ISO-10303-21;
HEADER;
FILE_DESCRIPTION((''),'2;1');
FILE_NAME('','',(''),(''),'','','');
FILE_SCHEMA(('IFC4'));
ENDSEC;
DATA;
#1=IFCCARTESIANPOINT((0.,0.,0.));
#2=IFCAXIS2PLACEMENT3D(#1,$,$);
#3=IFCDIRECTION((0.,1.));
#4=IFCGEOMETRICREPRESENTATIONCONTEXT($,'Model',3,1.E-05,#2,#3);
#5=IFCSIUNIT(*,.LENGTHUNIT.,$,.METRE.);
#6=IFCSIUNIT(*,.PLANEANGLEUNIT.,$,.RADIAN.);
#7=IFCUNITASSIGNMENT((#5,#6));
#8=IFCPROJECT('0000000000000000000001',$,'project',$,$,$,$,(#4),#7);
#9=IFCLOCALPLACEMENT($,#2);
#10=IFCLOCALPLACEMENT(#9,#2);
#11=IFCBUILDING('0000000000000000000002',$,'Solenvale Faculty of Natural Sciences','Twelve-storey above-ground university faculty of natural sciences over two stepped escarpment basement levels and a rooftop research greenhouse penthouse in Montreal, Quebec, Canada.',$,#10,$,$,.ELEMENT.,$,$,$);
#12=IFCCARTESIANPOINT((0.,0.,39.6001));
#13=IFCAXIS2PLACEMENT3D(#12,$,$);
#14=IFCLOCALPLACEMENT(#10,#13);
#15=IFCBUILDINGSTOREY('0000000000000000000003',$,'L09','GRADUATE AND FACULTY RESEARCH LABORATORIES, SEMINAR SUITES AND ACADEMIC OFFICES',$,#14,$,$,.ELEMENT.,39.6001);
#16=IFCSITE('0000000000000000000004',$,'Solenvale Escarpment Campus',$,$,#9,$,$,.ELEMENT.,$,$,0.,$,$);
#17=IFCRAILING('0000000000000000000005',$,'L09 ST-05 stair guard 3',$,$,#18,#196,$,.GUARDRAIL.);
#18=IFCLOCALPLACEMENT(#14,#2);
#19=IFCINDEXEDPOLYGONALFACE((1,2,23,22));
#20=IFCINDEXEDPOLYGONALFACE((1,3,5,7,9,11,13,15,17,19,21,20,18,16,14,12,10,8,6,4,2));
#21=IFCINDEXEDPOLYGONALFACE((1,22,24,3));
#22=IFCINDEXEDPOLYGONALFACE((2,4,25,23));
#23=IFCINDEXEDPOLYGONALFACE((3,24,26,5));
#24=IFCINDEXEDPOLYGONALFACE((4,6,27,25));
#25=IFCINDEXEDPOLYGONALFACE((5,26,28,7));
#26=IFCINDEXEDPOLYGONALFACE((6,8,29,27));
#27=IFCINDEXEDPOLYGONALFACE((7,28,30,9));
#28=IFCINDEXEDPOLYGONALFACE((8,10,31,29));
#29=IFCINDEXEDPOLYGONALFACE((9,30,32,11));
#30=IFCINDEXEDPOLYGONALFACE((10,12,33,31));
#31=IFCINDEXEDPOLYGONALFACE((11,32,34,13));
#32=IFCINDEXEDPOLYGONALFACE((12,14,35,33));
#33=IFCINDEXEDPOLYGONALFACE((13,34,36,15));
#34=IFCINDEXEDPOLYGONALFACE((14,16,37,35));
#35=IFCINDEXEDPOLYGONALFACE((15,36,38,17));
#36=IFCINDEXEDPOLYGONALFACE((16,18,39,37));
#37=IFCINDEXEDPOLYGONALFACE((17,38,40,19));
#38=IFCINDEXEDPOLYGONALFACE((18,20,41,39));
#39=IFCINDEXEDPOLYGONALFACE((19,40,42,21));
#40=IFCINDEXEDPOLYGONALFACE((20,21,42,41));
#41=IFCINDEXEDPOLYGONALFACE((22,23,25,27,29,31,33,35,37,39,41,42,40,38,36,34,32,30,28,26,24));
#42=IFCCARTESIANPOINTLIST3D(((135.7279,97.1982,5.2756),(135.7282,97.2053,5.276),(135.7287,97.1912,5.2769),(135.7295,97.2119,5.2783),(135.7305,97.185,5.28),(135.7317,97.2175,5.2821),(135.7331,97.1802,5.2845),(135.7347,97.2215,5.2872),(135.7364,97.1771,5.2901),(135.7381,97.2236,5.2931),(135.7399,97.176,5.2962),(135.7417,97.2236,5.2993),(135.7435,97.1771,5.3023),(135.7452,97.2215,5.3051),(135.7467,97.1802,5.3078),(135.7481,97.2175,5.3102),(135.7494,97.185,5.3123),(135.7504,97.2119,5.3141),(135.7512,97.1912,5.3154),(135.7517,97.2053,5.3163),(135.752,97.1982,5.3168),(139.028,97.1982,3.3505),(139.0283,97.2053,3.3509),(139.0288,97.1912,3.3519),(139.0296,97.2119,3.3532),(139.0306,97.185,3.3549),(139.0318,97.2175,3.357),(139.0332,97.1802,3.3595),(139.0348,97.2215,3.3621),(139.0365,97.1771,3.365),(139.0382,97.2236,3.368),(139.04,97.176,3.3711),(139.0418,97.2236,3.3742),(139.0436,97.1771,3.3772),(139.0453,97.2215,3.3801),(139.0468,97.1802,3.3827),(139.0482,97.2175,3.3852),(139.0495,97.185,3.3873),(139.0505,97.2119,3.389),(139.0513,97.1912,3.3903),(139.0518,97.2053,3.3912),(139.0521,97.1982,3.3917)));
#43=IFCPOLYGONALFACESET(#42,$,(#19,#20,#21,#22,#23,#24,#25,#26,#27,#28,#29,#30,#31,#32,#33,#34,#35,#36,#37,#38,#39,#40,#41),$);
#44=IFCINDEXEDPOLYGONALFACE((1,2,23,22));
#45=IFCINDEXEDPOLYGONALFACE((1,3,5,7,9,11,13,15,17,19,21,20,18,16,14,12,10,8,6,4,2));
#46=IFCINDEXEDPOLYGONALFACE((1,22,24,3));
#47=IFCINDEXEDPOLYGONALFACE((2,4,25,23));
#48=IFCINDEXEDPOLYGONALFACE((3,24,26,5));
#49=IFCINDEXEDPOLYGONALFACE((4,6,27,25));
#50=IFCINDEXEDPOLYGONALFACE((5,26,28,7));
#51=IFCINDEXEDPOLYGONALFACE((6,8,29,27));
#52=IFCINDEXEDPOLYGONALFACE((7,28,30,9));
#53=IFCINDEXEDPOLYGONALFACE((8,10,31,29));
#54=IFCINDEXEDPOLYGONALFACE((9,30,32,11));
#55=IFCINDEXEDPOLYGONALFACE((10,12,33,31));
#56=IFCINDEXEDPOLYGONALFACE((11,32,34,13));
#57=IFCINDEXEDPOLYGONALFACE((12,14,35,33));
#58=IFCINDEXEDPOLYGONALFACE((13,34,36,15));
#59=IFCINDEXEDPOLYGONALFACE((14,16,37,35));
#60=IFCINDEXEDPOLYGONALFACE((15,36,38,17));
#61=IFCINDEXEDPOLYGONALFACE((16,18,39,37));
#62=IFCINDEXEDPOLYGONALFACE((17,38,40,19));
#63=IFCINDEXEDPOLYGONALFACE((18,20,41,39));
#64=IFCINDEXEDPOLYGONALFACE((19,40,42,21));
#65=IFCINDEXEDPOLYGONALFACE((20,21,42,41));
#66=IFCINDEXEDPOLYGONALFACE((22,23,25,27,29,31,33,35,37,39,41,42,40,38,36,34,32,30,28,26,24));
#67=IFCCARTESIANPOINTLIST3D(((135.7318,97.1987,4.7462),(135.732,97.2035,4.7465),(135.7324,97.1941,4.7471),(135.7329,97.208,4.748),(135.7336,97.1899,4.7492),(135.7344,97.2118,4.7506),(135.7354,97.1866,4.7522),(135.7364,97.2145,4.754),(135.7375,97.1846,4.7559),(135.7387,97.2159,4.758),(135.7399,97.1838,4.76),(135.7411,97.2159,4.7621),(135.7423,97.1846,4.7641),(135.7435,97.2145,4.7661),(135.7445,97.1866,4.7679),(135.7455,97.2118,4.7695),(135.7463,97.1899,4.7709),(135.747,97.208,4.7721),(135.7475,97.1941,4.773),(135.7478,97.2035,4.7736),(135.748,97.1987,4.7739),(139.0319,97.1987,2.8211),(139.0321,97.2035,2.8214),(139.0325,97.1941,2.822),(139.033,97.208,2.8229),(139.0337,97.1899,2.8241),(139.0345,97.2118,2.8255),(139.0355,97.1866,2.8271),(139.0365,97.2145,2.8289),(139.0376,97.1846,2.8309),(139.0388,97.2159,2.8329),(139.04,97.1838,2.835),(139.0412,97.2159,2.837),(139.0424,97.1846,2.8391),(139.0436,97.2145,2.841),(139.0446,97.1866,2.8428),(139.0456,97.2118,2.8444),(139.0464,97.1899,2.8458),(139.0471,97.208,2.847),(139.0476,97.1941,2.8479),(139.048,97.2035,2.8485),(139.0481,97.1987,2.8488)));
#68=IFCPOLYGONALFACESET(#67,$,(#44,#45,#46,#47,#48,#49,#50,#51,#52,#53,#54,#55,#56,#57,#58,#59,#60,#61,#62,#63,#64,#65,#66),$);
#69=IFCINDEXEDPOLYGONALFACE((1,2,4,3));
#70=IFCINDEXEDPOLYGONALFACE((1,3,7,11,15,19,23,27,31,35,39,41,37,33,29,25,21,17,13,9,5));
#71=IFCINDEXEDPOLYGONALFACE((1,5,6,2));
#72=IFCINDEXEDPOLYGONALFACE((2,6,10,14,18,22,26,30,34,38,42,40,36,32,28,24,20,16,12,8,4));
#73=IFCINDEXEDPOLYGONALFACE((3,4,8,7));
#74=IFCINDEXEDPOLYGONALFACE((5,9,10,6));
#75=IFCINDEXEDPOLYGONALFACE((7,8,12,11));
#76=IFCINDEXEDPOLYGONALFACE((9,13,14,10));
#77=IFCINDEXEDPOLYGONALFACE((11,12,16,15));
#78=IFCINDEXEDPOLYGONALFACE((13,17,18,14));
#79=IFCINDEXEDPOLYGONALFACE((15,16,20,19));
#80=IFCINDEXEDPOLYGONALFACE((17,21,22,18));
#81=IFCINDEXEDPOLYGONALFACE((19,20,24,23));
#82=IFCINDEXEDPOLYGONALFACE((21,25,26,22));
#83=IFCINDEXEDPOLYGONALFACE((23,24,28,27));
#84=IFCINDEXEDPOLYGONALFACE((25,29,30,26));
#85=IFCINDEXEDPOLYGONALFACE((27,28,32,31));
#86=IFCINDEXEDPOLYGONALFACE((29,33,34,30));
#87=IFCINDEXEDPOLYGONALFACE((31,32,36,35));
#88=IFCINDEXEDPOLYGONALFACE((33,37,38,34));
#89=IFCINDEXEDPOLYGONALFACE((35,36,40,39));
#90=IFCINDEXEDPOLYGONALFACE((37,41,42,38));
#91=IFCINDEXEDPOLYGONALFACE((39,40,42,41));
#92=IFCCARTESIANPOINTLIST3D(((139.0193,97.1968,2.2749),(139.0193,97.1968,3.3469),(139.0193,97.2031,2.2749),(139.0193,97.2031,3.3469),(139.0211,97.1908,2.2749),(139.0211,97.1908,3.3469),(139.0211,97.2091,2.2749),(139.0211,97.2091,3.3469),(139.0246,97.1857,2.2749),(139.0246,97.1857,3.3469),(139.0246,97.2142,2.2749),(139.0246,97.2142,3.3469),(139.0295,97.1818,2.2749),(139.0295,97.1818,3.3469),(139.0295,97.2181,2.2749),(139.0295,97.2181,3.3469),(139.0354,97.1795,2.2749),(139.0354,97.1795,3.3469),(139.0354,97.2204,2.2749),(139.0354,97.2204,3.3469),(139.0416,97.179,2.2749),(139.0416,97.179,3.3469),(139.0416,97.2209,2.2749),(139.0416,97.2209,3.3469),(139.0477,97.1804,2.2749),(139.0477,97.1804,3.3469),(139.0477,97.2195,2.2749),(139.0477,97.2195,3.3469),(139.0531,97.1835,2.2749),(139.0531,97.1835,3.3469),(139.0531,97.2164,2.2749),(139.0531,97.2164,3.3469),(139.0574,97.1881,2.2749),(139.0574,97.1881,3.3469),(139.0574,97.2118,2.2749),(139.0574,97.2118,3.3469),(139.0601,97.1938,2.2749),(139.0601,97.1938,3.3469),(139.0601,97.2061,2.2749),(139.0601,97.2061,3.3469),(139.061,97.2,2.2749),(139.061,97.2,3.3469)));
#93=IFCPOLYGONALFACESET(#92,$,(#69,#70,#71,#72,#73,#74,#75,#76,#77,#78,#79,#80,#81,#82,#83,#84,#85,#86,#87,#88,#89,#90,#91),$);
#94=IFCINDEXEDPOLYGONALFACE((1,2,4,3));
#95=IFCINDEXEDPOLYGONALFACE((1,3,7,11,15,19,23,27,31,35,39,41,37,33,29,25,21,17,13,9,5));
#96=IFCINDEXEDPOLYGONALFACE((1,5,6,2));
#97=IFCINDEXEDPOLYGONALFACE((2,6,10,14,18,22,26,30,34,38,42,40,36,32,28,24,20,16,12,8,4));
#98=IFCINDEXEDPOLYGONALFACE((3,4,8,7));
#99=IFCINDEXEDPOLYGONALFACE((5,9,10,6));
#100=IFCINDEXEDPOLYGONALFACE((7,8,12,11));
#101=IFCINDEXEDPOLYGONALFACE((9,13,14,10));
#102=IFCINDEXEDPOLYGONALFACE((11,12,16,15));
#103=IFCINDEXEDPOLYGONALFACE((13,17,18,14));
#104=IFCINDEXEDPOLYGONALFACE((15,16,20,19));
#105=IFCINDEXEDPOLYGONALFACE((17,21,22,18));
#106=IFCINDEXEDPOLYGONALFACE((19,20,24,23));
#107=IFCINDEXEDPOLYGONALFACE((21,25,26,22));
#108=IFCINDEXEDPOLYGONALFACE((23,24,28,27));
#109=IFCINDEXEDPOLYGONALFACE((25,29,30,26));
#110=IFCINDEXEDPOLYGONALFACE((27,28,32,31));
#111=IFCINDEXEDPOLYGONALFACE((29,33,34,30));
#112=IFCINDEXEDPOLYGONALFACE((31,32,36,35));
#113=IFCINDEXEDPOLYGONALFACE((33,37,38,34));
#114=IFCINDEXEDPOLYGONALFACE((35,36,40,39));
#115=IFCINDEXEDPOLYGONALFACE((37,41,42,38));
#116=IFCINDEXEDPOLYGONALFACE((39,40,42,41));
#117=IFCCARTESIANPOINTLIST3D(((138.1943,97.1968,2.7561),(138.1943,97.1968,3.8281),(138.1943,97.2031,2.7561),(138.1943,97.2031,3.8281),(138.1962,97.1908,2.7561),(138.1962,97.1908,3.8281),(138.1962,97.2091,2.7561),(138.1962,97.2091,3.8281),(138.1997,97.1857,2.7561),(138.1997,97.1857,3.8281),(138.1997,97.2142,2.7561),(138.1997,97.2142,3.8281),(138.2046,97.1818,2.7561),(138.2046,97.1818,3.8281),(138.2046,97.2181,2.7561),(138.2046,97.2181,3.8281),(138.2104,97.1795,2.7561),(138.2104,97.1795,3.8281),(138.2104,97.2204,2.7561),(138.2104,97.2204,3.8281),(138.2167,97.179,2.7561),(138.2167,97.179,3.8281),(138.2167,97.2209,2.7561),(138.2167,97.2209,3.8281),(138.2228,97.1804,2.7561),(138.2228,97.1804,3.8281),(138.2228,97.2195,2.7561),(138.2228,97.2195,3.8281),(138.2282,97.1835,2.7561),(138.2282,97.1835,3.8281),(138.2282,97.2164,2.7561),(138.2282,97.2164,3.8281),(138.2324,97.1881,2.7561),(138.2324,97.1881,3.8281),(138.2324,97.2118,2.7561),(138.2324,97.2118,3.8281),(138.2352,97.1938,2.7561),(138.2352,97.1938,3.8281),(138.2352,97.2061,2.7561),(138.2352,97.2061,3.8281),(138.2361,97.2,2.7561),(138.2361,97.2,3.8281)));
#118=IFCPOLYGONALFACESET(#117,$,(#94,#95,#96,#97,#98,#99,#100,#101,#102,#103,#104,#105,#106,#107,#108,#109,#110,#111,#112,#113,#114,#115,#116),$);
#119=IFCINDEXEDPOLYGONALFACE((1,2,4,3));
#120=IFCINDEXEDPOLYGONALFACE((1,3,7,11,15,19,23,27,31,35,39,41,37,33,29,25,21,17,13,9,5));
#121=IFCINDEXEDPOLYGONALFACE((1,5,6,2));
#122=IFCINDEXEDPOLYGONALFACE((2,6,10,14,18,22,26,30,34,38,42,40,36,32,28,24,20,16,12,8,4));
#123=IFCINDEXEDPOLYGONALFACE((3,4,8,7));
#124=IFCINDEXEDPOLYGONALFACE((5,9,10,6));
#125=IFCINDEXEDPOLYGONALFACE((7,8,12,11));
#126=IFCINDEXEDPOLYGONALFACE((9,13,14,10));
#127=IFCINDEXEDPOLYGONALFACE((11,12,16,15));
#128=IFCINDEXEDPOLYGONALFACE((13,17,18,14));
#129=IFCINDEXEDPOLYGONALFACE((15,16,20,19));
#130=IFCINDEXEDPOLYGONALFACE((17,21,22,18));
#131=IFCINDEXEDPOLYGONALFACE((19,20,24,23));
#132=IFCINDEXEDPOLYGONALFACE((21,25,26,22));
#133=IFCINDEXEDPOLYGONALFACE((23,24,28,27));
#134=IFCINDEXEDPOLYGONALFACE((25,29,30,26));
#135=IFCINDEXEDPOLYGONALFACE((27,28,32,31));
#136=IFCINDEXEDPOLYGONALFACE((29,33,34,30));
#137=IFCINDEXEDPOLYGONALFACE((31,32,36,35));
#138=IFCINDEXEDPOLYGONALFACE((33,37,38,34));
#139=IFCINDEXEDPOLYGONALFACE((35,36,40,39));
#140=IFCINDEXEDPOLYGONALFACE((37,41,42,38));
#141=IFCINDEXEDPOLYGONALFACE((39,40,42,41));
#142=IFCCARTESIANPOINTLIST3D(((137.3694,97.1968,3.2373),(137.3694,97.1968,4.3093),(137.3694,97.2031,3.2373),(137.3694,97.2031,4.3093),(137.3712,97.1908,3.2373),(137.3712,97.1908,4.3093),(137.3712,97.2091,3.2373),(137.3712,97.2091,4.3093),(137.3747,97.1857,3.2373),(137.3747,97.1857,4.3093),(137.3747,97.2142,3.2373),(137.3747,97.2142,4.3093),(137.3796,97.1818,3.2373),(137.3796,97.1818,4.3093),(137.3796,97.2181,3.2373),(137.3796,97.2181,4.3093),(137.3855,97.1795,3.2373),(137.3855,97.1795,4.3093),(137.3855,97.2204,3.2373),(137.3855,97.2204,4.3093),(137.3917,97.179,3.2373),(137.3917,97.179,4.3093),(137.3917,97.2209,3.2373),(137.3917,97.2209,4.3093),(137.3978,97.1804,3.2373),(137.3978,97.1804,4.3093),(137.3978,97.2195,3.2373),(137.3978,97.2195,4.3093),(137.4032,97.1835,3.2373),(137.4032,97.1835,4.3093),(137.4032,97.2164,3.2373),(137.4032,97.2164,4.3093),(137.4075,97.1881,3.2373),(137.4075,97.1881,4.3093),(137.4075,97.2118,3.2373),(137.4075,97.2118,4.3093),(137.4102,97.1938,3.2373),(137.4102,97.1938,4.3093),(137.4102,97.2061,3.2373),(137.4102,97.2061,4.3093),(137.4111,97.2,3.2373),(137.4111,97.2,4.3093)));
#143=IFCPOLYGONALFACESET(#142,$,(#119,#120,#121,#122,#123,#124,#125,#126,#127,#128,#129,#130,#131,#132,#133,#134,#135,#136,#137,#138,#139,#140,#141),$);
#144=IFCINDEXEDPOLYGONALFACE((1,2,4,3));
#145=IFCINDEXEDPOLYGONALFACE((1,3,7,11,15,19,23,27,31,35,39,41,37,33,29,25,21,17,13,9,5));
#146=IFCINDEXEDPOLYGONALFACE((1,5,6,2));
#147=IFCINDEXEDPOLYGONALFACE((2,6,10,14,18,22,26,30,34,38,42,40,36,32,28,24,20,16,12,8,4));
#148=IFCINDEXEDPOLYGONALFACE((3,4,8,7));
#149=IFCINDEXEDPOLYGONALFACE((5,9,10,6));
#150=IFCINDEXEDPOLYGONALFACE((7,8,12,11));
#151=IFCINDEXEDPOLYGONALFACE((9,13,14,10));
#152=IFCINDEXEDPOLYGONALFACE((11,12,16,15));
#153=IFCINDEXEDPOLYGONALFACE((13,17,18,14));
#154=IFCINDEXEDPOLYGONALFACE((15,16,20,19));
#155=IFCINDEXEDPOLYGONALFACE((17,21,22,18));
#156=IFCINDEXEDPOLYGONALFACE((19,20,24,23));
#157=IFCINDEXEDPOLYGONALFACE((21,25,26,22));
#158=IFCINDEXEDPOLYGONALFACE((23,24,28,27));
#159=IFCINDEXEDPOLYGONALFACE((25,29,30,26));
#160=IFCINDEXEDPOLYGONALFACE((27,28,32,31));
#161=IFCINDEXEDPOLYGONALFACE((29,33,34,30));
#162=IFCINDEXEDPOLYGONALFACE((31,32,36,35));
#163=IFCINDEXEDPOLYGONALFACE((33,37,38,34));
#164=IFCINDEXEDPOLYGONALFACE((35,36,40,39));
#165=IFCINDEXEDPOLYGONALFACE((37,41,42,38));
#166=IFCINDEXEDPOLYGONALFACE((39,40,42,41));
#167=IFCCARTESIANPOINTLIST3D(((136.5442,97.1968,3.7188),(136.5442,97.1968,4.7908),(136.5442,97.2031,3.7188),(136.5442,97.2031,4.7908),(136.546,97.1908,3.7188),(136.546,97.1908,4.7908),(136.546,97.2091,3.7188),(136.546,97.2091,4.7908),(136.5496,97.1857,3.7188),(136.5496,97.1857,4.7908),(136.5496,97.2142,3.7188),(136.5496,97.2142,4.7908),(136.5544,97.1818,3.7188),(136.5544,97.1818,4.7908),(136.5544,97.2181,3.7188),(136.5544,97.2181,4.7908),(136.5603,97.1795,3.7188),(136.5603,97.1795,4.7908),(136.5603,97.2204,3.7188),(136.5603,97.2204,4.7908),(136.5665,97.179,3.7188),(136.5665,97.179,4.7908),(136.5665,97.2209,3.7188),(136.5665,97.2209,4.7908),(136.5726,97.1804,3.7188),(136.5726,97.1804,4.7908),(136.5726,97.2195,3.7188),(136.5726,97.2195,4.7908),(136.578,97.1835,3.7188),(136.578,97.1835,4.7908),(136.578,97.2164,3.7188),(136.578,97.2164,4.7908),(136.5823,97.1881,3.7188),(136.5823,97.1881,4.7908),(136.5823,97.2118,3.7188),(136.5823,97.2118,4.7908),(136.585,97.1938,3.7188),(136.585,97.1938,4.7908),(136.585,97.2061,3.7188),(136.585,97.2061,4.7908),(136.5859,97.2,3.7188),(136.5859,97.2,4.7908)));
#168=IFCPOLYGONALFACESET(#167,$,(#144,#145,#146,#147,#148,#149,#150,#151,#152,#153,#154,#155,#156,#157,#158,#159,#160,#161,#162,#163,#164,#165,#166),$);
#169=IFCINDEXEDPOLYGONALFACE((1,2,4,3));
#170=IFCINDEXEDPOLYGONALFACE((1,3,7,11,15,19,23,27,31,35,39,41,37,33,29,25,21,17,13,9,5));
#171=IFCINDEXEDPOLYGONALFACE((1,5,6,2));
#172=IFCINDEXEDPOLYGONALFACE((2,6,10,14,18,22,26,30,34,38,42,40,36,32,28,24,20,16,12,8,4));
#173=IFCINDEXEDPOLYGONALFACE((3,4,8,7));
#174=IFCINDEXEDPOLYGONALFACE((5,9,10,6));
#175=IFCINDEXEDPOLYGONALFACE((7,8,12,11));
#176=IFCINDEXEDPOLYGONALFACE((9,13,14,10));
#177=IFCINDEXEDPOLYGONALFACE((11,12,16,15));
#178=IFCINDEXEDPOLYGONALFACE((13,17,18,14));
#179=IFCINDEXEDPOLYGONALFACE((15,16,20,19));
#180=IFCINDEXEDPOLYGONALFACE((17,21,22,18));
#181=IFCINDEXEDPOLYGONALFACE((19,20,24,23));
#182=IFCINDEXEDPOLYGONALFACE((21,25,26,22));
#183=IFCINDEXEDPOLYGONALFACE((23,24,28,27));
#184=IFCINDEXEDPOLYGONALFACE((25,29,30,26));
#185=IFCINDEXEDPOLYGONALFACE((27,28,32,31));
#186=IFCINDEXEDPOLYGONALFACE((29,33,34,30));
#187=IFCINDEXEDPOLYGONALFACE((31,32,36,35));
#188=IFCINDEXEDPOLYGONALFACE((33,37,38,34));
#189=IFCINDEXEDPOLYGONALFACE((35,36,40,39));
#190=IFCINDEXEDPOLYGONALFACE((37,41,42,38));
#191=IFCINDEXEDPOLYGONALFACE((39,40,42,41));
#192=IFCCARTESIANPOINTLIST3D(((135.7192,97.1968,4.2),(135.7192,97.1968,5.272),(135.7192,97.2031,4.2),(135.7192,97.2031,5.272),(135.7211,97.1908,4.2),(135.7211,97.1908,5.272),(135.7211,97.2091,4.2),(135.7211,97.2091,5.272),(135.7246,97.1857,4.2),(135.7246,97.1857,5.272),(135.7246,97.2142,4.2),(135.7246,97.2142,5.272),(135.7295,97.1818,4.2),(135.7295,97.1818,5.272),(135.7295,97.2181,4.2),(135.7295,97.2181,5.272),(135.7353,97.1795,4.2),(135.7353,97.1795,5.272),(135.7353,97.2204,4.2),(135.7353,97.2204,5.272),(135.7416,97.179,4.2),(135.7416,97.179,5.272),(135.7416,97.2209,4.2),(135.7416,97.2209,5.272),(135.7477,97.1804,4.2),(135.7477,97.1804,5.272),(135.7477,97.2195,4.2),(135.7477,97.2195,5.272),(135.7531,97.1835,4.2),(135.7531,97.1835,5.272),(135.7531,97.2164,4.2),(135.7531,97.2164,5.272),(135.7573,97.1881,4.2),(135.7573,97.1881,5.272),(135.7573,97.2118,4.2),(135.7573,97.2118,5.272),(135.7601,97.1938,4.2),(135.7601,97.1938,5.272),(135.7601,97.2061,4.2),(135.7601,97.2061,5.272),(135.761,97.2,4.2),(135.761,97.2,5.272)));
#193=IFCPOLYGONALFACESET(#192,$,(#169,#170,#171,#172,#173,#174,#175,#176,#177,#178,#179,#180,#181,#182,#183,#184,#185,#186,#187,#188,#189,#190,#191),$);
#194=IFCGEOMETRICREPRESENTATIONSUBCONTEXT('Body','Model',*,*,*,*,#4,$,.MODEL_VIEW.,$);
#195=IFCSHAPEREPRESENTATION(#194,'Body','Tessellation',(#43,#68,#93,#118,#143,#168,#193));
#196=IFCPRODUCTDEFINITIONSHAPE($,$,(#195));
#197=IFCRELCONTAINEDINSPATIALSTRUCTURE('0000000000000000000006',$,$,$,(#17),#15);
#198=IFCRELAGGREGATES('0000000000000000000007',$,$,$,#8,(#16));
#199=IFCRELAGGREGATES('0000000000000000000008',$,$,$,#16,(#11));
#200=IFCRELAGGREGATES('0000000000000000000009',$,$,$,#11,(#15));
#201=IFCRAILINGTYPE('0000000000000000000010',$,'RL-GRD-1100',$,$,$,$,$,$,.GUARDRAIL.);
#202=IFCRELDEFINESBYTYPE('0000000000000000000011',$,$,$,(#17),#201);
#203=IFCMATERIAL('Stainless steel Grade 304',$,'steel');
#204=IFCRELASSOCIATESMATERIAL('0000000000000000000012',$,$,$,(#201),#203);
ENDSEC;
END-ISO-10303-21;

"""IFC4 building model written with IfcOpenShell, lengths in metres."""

from ifc_helpers import new_model, si_unit, direction, frame, origin, origin_2d, place, context, subcontext, project, spatial, circle, extrude, material, type_object, element, save


model = new_model("IFC4")

# Units and contexts
model_context = context("Model", 3, precision=1e-05, world=origin(), true_north=direction((0.0, 1.0)))
body_context = subcontext(model_context, "Body", "Model", "MODEL_VIEW")
ifc_project = project(units=[si_unit("LENGTHUNIT", "METRE"), si_unit("PLANEANGLEUNIT", "RADIAN")], contexts=[model_context])

# Site, building, storey
site_placement = place(None, origin())
site = spatial("IfcSite", under=ifc_project, at=site_placement, Name="Solenvale Escarpment Campus", CompositionType="ELEMENT", RefElevation=0.0)
building_placement = place(site_placement, origin())
building = spatial("IfcBuilding", under=site, at=building_placement, Name="Solenvale Faculty of Natural Sciences", Description="Twelve-storey above-ground university faculty of natural sciences over two stepped escarpment basement levels and a rooftop research greenhouse penthouse in Montreal, Quebec, Canada.", CompositionType="ELEMENT")
storey_placement = place(building_placement, frame((0.0, 0.0, 39.6001)))
storey = spatial("IfcBuildingStorey", under=building, at=storey_placement, Name="L09", Description="GRADUATE AND FACULTY RESEARCH LABORATORIES, SEMINAR SUITES AND ACADEMIC OFFICES", CompositionType="ELEMENT", Elevation=39.6001)

# Railing
ifc_material_1 = material(Name="Stainless steel Grade 304", Category="steel")
railing_type = type_object("IfcRailingType", Name="RL-GRD-1100", PredefinedType="GUARDRAIL", material=ifc_material_1)
railing_1_placement = place(storey_placement, frame((139.04, 97.2, 2.2749)))
element("IfcRailing", 1, at=railing_1_placement, inside=storey, type_object=railing_type, Name="L09 ST-05 stair guard 3", PredefinedType="GUARDRAIL", context=body_context, shape_type="SweptSolid", body=[
    extrude(circle(Radius=0.0239, at=origin_2d()), frame((0.0, 0.0, 1.0962), z_axis=(-0.863777, 0.0, 0.503875), x_axis=(0.0, -1.0, 0.0)), (0.0, 0.0, 1.0), 3.8206),
    extrude(circle(Radius=0.0161, at=origin_2d()), frame((0.0, 0.0, 0.5601), z_axis=(-0.863777, 0.0, 0.503875), x_axis=(0.0, -1.0, 0.0)), (0.0, 0.0, 1.0), 3.8206),
    extrude(circle(Radius=0.021, at=origin_2d()), origin(), (0.0, 0.0, 1.0), 1.072),
    extrude(circle(Radius=0.021, at=origin_2d()), frame((-0.825, 0.0, 0.4812)), (0.0, 0.0, 1.0), 1.072),
    extrude(circle(Radius=0.021, at=origin_2d()), frame((-1.6499, 0.0, 0.9624)), (0.0, 0.0, 1.0), 1.072),
    extrude(circle(Radius=0.021, at=origin_2d()), frame((-2.4751, 0.0, 1.4438)), (0.0, 0.0, 1.0), 1.072),
    extrude(circle(Radius=0.021, at=origin_2d()), frame((-3.3, 0.0, 1.925)), (0.0, 0.0, 1.0), 1.072),
])

save(model, "model.ifc")
